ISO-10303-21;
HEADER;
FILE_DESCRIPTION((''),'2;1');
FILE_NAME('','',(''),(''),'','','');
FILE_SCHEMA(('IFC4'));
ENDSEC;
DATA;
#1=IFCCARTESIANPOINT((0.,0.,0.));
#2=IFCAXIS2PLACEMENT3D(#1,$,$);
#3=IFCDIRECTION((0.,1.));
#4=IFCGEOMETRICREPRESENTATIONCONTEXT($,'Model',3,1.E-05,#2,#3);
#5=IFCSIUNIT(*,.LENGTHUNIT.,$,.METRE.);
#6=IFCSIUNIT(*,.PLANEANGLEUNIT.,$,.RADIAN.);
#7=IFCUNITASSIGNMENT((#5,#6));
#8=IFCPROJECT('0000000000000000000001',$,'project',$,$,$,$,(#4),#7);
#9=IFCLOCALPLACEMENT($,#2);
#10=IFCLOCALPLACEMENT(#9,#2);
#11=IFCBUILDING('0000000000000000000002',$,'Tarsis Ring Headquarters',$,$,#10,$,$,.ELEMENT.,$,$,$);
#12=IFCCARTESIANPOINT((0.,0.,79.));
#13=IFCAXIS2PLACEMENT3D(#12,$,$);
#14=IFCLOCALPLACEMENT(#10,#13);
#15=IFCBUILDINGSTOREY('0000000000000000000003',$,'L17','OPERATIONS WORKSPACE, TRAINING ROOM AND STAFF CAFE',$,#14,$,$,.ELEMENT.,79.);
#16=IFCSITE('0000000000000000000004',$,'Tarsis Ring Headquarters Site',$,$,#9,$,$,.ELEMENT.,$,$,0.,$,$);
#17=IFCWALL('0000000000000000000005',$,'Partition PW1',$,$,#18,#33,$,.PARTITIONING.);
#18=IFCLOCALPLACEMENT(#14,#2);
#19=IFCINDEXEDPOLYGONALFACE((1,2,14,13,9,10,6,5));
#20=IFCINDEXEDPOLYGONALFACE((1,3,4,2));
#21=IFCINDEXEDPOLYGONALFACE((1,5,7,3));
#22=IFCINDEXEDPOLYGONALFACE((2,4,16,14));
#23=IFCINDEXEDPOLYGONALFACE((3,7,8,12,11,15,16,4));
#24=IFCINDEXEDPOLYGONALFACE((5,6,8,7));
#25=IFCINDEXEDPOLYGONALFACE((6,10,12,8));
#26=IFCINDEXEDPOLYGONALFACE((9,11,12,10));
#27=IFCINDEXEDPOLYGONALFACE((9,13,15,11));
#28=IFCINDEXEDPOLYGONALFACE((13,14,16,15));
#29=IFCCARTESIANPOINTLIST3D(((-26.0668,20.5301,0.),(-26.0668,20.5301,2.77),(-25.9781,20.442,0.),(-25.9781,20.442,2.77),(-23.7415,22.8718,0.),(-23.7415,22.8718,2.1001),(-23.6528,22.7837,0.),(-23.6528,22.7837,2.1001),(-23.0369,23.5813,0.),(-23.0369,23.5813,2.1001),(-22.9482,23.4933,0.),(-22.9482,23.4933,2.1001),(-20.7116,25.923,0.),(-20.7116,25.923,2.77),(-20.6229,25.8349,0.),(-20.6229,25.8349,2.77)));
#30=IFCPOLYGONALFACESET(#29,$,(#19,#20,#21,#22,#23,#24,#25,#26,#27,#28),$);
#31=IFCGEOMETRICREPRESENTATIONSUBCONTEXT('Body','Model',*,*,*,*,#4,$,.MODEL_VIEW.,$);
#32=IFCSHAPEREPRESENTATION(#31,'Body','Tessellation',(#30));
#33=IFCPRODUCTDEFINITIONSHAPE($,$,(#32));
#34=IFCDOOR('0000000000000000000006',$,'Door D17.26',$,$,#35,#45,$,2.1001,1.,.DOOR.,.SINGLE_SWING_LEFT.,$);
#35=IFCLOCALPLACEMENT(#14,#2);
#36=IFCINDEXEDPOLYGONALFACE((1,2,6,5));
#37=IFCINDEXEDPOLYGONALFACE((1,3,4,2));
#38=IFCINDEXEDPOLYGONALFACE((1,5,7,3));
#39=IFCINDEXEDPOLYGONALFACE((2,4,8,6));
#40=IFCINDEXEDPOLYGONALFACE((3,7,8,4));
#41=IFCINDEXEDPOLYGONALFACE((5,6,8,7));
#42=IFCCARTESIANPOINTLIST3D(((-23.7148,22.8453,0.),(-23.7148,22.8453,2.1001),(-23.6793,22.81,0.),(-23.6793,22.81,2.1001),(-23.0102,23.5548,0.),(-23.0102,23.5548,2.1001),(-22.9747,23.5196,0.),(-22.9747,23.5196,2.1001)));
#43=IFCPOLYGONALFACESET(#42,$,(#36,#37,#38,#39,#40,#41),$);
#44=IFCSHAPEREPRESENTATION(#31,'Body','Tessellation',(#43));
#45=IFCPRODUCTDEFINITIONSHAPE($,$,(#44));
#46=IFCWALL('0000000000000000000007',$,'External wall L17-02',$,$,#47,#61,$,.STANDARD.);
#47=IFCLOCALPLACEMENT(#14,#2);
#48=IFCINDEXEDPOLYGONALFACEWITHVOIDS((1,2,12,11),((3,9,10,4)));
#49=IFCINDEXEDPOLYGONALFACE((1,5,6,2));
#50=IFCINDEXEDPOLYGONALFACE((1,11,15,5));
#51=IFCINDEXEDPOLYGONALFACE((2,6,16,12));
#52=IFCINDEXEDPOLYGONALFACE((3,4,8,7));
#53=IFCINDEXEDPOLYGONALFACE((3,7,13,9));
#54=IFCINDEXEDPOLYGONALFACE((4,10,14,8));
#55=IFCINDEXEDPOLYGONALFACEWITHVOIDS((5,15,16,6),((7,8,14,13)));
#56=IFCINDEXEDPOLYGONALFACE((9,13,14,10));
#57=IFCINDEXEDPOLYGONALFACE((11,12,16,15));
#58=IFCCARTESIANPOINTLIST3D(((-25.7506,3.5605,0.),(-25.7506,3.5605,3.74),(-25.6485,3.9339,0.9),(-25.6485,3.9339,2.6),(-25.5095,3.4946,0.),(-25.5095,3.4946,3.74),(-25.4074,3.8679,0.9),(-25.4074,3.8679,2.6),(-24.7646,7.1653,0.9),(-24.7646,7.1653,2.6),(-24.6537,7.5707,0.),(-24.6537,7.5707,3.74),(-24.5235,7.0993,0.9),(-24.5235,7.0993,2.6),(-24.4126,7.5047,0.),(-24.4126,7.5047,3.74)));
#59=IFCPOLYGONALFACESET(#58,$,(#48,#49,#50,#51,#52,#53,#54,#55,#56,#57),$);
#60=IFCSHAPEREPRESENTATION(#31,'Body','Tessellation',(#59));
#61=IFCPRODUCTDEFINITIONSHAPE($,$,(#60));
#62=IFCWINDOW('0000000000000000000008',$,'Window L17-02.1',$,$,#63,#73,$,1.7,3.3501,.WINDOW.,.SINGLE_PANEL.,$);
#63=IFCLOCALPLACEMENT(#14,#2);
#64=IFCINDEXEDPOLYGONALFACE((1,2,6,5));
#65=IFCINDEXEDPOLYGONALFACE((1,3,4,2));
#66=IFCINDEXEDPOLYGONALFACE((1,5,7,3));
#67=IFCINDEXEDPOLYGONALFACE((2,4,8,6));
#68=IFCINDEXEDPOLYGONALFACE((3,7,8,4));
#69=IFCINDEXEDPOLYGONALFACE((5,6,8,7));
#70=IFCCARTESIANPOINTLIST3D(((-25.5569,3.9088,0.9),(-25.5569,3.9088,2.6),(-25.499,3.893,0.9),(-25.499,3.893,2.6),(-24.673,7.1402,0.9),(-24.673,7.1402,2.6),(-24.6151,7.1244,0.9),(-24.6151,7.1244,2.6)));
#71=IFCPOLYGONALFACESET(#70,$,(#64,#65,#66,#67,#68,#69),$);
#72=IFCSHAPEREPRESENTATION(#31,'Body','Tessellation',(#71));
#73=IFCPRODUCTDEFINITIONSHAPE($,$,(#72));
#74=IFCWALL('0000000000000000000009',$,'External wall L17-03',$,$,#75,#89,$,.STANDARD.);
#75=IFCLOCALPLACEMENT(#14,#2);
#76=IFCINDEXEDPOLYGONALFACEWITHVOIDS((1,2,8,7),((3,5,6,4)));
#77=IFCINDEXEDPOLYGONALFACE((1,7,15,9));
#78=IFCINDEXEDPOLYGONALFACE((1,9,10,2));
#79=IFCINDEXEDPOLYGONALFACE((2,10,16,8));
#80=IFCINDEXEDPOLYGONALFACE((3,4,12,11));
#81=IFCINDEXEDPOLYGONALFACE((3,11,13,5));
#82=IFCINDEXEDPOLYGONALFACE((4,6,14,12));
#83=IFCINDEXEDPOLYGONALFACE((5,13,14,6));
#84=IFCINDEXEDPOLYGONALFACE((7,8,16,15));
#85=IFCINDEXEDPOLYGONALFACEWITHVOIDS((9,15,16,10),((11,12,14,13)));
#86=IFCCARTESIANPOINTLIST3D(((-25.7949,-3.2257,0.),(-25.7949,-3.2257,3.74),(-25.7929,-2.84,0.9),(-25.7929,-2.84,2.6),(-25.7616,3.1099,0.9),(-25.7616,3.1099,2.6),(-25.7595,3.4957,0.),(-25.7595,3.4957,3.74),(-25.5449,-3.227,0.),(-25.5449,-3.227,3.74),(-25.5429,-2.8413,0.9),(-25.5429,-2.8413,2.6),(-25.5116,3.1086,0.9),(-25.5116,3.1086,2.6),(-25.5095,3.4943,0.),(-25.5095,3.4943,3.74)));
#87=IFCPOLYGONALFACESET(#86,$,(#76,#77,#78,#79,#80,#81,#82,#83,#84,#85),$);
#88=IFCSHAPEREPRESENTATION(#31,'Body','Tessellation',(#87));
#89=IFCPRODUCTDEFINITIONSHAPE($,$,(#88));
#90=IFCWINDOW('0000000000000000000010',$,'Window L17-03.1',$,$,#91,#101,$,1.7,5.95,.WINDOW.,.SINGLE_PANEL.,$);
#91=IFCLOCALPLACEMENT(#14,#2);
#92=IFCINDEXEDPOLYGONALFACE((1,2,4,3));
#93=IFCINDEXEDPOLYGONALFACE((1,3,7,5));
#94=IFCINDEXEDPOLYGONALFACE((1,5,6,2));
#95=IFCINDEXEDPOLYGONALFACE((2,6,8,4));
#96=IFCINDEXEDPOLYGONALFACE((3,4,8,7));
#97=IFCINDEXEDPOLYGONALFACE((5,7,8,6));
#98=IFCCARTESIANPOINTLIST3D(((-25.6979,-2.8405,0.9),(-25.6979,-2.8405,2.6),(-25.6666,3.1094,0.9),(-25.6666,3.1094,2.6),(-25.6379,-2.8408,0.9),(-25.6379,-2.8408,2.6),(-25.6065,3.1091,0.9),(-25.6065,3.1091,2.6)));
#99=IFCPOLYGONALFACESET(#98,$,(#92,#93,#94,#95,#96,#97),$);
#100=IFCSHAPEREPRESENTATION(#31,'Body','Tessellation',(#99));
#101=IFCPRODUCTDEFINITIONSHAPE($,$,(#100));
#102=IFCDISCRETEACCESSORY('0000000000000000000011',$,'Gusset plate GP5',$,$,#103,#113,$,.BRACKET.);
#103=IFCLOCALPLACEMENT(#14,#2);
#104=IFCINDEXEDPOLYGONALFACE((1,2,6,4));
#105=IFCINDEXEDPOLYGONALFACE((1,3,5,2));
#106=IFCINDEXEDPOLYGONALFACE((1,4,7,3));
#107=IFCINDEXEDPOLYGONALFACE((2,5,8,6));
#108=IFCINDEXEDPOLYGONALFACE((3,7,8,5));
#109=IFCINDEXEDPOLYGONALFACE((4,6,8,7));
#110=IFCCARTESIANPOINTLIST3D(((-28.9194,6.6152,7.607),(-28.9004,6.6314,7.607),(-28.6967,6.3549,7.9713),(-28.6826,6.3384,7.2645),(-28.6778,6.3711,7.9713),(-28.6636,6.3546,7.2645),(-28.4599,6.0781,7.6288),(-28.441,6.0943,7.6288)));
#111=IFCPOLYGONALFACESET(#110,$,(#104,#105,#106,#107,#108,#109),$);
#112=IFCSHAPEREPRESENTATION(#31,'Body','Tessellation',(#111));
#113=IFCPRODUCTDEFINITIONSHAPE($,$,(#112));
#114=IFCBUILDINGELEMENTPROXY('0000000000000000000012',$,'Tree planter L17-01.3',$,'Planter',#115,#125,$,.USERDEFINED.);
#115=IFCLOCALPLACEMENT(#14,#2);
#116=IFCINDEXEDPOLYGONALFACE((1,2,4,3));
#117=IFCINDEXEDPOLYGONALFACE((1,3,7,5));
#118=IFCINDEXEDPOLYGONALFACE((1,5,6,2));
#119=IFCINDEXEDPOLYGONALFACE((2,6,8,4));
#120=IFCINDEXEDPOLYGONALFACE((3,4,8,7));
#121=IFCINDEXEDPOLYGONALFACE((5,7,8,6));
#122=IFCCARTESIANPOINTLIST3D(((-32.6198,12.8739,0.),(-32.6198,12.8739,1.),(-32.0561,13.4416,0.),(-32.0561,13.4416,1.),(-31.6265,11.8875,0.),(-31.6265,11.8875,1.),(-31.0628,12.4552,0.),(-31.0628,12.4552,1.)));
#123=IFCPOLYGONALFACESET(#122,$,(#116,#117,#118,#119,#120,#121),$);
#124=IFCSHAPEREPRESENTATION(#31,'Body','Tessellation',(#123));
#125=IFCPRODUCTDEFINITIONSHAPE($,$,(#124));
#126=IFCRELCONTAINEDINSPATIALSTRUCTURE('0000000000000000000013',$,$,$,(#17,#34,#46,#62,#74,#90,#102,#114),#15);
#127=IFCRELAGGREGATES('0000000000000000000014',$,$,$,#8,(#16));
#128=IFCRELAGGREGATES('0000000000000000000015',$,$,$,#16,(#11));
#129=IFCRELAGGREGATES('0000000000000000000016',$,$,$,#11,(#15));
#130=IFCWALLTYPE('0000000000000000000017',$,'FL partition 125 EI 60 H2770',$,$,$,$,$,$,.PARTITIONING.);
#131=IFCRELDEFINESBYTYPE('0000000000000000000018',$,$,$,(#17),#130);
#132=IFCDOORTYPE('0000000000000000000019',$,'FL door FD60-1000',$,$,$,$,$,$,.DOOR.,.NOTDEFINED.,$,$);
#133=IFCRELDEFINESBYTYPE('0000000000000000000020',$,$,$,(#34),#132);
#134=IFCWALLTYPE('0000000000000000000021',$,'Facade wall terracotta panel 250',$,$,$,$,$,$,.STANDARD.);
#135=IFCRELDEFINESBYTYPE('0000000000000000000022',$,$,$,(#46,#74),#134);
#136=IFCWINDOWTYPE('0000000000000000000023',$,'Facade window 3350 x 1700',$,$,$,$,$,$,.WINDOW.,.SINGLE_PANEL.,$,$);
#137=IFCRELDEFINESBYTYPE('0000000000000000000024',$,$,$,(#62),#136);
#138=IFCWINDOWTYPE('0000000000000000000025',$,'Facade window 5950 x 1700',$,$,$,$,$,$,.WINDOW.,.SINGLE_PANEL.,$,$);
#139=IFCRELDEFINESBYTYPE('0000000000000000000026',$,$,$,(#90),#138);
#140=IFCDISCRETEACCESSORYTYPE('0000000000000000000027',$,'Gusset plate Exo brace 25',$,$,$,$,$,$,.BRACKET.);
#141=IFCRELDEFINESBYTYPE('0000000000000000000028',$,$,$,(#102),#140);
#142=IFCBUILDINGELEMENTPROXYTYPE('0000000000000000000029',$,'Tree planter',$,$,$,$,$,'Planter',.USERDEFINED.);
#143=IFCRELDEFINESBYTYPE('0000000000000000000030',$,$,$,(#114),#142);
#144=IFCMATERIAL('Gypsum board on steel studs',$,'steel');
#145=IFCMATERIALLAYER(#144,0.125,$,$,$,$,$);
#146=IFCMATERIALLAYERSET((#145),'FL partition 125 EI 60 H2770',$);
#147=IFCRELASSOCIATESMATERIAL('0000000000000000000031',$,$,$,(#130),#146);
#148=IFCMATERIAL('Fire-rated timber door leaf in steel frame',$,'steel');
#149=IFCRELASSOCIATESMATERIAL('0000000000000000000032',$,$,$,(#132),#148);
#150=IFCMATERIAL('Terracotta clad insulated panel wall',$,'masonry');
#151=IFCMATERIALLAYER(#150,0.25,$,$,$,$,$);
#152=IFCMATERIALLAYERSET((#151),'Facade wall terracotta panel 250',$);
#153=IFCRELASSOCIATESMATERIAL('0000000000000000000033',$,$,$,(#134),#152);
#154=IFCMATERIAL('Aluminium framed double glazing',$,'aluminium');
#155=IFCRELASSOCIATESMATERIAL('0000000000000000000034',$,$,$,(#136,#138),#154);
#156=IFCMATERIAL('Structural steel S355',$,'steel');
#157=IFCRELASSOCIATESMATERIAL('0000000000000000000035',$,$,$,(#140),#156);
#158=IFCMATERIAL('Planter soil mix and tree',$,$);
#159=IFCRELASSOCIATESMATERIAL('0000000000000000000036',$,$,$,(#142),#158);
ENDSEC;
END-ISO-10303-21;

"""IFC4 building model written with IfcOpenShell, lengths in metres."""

from ifc_helpers import new_model, si_unit, direction, frame, frame_2d, origin, origin_2d, place, context, subcontext, project, spatial, rectangle, extrude, material, layer, layer_set, material_profile, profile_set, type_object, element, fill, save


model = new_model("IFC4")

# Units and contexts
model_context = context("Model", 3, precision=1e-05, world=origin(), true_north=direction((0.0, 1.0)))
body_context = subcontext(model_context, "Body", "Model", "MODEL_VIEW")
ifc_project = project(units=[si_unit("LENGTHUNIT", "METRE"), si_unit("PLANEANGLEUNIT", "RADIAN")], contexts=[model_context])

# Site, building, storey
site_placement = place(None, origin())
site = spatial("IfcSite", under=ifc_project, at=site_placement, Name="Tarsis Ring Headquarters Site", CompositionType="ELEMENT", RefElevation=0.0)
building_placement = place(site_placement, origin())
building = spatial("IfcBuilding", under=site, at=building_placement, Name="Tarsis Ring Headquarters", CompositionType="ELEMENT")
storey_placement = place(building_placement, frame((0.0, 0.0, 79.0)))
storey = spatial("IfcBuildingStorey", under=building, at=storey_placement, Name="L17", Description="OPERATIONS WORKSPACE, TRAINING ROOM AND STAFF CAFE", CompositionType="ELEMENT", Elevation=79.0)

# Shared definitions
ifc_material_1 = material(Name="Structural steel S355", Category="steel")

# Shared definitions
ifc_material_2 = material(Name="Gypsum board on steel studs", Category="steel")
ifc_layer_1 = layer(ifc_material_2, 0.125)
ifc_layer_set_1 = layer_set([ifc_layer_1], Name="FL partition 125 EI 60 H2770")
wall_type_1 = type_object("IfcWallType", Name="FL partition 125 EI 60 H2770", PredefinedType="PARTITIONING", material=ifc_layer_set_1)

# Wall, opening, door
ifc_material_3 = material(Name="Fire-rated timber door leaf in steel frame", Category="steel")
door_type = type_object("IfcDoorType", Name="FL door FD60-1000", OperationType="NOTDEFINED", PredefinedType="DOOR", material=ifc_material_3)
wall_1_placement = place(storey_placement, frame((-26.0225, 20.4861, 0.0), z_axis=(0.0, 0.0, 1.0), x_axis=(0.704629, 0.709576, 0.0)))
wall_1 = element("IfcWall", 1, at=wall_1_placement, inside=storey, type_object=wall_type_1, Name="Partition PW1", PredefinedType="PARTITIONING", context=body_context, shape_type="SweptSolid", body=[
    extrude(rectangle(XDim=7.6001, YDim=0.125, at=frame_2d((3.8, 0.0))), origin(), (0.0, 0.0, 1.0), 2.77),
])
opening_1_placement = place(wall_1_placement, frame((3.3, 0.0, 0.0)))
opening_1 = element("IfcOpeningElement", 2, at=opening_1_placement, cuts=wall_1, PredefinedType="OPENING", context=body_context, shape_type="SweptSolid", body=[
    extrude(rectangle(XDim=1.0, YDim=2.1001, at=frame_2d((0.5, 1.05))), frame((0.0, 0.0725, 0.0), z_axis=(0.0, -1.0, 0.0), x_axis=(1.0, 0.0, 0.0)), (0.0, 0.0, 1.0), 0.145),
])
door_1_placement = place(opening_1_placement, origin())
door_1 = element("IfcDoor", 3, at=door_1_placement, inside=storey, type_object=door_type, Name="Door D17.26", OperationType="SINGLE_SWING_LEFT", OverallHeight=2.1001, OverallWidth=1.0, PredefinedType="DOOR", context=body_context, shape_type="SweptSolid", body=[
    extrude(rectangle(XDim=1.0, YDim=2.1001, at=frame_2d((0.5, 1.05))), frame((0.0, 0.0249, 0.0), z_axis=(0.0, -1.0, 0.0), x_axis=(1.0, 0.0, 0.0)), (0.0, 0.0, 1.0), 0.05),
])
fill(opening_1, door_1)

# Walls, openings, windows
ifc_material_4 = material(Name="Terracotta clad insulated panel wall", Category="masonry")
ifc_layer_2 = layer(ifc_material_4, 0.25)
ifc_layer_set_2 = layer_set([ifc_layer_2], Name="Facade wall terracotta panel 250")
wall_type_2 = type_object("IfcWallType", Name="Facade wall terracotta panel 250", PredefinedType="STANDARD", material=ifc_layer_set_2)
wall_2_placement = place(storey_placement, frame((-24.5332, 7.5376, 0.0), z_axis=(0.0, 0.0, 1.0), x_axis=(-0.263838, -0.964567, 0.0)))
wall_2 = element("IfcWall", 4, at=wall_2_placement, inside=storey, type_object=wall_type_2, Name="External wall L17-02", PredefinedType="STANDARD", context=body_context, shape_type="SweptSolid", body=[
    extrude(rectangle(XDim=4.1575, YDim=0.25, at=frame_2d((2.0786, 0.0))), origin(), (0.0, 0.0, 1.0), 3.74),
])
opening_2_placement = place(wall_2_placement, frame((0.4202, 0.0, 0.8999)))
opening_2 = element("IfcOpeningElement", 5, at=opening_2_placement, cuts=wall_2, PredefinedType="OPENING", context=body_context, shape_type="SweptSolid", body=[
    extrude(rectangle(XDim=3.3501, YDim=1.7, at=frame_2d((1.675, 0.8501))), frame((0.0, 0.135, 0.0), z_axis=(0.0, -1.0, 0.0), x_axis=(1.0, 0.0, 0.0)), (0.0, 0.0, 1.0), 0.27),
])
ifc_material_5 = material(Name="Aluminium framed double glazing", Category="aluminium")
window_type_1 = type_object("IfcWindowType", Name="Facade window 3350 x 1700", PartitioningType="SINGLE_PANEL", PredefinedType="WINDOW", material=ifc_material_5)
window_1_placement = place(opening_2_placement, origin())
window_1 = element("IfcWindow", 6, at=window_1_placement, inside=storey, type_object=window_type_1, Name="Window L17-02.1", OverallHeight=1.7, OverallWidth=3.3501, PartitioningType="SINGLE_PANEL", PredefinedType="WINDOW", context=body_context, shape_type="SweptSolid", body=[
    extrude(rectangle(XDim=3.3501, YDim=1.7, at=frame_2d((1.675, 0.8501))), frame((0.0, 0.03, 0.0), z_axis=(0.0, -1.0, 0.0), x_axis=(1.0, 0.0, 0.0)), (0.0, 0.0, 1.0), 0.0601),
])
fill(opening_2, window_1)
wall_3_placement = place(storey_placement, frame((-25.6345, 3.4951, 0.0), z_axis=(0.0, 0.0, 1.0), x_axis=(-0.005267, -0.999986, 0.0)))
wall_3 = element("IfcWall", 7, at=wall_3_placement, inside=storey, type_object=wall_type_2, Name="External wall L17-03", PredefinedType="STANDARD", context=body_context, shape_type="SweptSolid", body=[
    extrude(rectangle(XDim=6.7214, YDim=0.25, at=frame_2d((3.3608, 0.0))), origin(), (0.0, 0.0, 1.0), 3.74),
])
opening_3_placement = place(wall_3_placement, frame((0.3857, 0.0, 0.8999)))
opening_3 = element("IfcOpeningElement", 8, at=opening_3_placement, cuts=wall_3, PredefinedType="OPENING", context=body_context, shape_type="SweptSolid", body=[
    extrude(rectangle(XDim=5.95, YDim=1.7, at=frame_2d((2.9751, 0.8501))), frame((0.0, 0.135, 0.0), z_axis=(0.0, -1.0, 0.0), x_axis=(1.0, 0.0, 0.0)), (0.0, 0.0, 1.0), 0.27),
])
window_type_2 = type_object("IfcWindowType", Name="Facade window 5950 x 1700", PartitioningType="SINGLE_PANEL", PredefinedType="WINDOW", material=ifc_material_5)
window_2_placement = place(opening_3_placement, origin())
window_2 = element("IfcWindow", 9, at=window_2_placement, inside=storey, type_object=window_type_2, Name="Window L17-03.1", OverallHeight=1.7, OverallWidth=5.95, PartitioningType="SINGLE_PANEL", PredefinedType="WINDOW", context=body_context, shape_type="SweptSolid", body=[
    extrude(rectangle(XDim=5.95, YDim=1.7, at=frame_2d((2.9751, 0.8501))), frame((0.0, 0.03, 0.0), z_axis=(0.0, -1.0, 0.0), x_axis=(1.0, 0.0, 0.0)), (0.0, 0.0, 1.0), 0.0601),
])
fill(opening_3, window_2)

# Discrete accessory
ifc_material_profile_1 = material_profile(ifc_material_1, rectangle(XDim=0.0249, YDim=0.5, at=origin_2d()), Name="PL 25x500")
ifc_profile_set_1 = profile_set([ifc_material_profile_1], Name="Structural steel S355")
discrete_accessory_type = type_object("IfcDiscreteAccessoryType", Name="Gusset plate Exo brace 25", PredefinedType="BRACKET", material=ifc_profile_set_1)
discrete_accessory_placement = place(storey_placement, frame((-28.5688, 6.2246, 7.8), z_axis=(-0.44532, 0.520516, -0.728528), x_axis=(-0.75986, -0.650087, 0.0)))
element("IfcDiscreteAccessory", 10, at=discrete_accessory_placement, inside=storey, type_object=discrete_accessory_type, Name="Gusset plate GP5", PredefinedType="BRACKET", context=body_context, shape_type="SweptSolid", body=[
    extrude(rectangle(XDim=0.0249, YDim=0.5, at=origin_2d()), origin(), (0.0, 0.0, 1.0), 0.5),
])

# Building element proxy
ifc_material_6 = material(Name="Planter soil mix and tree")
building_element_proxy_type = type_object("IfcBuildingElementProxyType", Name="Tree planter", ElementType="Planter", PredefinedType="USERDEFINED", material=ifc_material_6)
proxy_placement = place(storey_placement, frame((-31.8413, 12.6646, 0.0), z_axis=(0.0, 0.0, 1.0), x_axis=(0.709571, -0.704634, 0.0)))
element("IfcBuildingElementProxy", 11, at=proxy_placement, inside=storey, type_object=building_element_proxy_type, Name="Tree planter L17-01.3", ObjectType="Planter", PredefinedType="USERDEFINED", context=body_context, shape_type="SweptSolid", body=[
    extrude(rectangle(XDim=1.3999, YDim=0.8, at=origin_2d()), origin(), (0.0, 0.0, 1.0), 1.0),
])

save(model, "model.ifc")
